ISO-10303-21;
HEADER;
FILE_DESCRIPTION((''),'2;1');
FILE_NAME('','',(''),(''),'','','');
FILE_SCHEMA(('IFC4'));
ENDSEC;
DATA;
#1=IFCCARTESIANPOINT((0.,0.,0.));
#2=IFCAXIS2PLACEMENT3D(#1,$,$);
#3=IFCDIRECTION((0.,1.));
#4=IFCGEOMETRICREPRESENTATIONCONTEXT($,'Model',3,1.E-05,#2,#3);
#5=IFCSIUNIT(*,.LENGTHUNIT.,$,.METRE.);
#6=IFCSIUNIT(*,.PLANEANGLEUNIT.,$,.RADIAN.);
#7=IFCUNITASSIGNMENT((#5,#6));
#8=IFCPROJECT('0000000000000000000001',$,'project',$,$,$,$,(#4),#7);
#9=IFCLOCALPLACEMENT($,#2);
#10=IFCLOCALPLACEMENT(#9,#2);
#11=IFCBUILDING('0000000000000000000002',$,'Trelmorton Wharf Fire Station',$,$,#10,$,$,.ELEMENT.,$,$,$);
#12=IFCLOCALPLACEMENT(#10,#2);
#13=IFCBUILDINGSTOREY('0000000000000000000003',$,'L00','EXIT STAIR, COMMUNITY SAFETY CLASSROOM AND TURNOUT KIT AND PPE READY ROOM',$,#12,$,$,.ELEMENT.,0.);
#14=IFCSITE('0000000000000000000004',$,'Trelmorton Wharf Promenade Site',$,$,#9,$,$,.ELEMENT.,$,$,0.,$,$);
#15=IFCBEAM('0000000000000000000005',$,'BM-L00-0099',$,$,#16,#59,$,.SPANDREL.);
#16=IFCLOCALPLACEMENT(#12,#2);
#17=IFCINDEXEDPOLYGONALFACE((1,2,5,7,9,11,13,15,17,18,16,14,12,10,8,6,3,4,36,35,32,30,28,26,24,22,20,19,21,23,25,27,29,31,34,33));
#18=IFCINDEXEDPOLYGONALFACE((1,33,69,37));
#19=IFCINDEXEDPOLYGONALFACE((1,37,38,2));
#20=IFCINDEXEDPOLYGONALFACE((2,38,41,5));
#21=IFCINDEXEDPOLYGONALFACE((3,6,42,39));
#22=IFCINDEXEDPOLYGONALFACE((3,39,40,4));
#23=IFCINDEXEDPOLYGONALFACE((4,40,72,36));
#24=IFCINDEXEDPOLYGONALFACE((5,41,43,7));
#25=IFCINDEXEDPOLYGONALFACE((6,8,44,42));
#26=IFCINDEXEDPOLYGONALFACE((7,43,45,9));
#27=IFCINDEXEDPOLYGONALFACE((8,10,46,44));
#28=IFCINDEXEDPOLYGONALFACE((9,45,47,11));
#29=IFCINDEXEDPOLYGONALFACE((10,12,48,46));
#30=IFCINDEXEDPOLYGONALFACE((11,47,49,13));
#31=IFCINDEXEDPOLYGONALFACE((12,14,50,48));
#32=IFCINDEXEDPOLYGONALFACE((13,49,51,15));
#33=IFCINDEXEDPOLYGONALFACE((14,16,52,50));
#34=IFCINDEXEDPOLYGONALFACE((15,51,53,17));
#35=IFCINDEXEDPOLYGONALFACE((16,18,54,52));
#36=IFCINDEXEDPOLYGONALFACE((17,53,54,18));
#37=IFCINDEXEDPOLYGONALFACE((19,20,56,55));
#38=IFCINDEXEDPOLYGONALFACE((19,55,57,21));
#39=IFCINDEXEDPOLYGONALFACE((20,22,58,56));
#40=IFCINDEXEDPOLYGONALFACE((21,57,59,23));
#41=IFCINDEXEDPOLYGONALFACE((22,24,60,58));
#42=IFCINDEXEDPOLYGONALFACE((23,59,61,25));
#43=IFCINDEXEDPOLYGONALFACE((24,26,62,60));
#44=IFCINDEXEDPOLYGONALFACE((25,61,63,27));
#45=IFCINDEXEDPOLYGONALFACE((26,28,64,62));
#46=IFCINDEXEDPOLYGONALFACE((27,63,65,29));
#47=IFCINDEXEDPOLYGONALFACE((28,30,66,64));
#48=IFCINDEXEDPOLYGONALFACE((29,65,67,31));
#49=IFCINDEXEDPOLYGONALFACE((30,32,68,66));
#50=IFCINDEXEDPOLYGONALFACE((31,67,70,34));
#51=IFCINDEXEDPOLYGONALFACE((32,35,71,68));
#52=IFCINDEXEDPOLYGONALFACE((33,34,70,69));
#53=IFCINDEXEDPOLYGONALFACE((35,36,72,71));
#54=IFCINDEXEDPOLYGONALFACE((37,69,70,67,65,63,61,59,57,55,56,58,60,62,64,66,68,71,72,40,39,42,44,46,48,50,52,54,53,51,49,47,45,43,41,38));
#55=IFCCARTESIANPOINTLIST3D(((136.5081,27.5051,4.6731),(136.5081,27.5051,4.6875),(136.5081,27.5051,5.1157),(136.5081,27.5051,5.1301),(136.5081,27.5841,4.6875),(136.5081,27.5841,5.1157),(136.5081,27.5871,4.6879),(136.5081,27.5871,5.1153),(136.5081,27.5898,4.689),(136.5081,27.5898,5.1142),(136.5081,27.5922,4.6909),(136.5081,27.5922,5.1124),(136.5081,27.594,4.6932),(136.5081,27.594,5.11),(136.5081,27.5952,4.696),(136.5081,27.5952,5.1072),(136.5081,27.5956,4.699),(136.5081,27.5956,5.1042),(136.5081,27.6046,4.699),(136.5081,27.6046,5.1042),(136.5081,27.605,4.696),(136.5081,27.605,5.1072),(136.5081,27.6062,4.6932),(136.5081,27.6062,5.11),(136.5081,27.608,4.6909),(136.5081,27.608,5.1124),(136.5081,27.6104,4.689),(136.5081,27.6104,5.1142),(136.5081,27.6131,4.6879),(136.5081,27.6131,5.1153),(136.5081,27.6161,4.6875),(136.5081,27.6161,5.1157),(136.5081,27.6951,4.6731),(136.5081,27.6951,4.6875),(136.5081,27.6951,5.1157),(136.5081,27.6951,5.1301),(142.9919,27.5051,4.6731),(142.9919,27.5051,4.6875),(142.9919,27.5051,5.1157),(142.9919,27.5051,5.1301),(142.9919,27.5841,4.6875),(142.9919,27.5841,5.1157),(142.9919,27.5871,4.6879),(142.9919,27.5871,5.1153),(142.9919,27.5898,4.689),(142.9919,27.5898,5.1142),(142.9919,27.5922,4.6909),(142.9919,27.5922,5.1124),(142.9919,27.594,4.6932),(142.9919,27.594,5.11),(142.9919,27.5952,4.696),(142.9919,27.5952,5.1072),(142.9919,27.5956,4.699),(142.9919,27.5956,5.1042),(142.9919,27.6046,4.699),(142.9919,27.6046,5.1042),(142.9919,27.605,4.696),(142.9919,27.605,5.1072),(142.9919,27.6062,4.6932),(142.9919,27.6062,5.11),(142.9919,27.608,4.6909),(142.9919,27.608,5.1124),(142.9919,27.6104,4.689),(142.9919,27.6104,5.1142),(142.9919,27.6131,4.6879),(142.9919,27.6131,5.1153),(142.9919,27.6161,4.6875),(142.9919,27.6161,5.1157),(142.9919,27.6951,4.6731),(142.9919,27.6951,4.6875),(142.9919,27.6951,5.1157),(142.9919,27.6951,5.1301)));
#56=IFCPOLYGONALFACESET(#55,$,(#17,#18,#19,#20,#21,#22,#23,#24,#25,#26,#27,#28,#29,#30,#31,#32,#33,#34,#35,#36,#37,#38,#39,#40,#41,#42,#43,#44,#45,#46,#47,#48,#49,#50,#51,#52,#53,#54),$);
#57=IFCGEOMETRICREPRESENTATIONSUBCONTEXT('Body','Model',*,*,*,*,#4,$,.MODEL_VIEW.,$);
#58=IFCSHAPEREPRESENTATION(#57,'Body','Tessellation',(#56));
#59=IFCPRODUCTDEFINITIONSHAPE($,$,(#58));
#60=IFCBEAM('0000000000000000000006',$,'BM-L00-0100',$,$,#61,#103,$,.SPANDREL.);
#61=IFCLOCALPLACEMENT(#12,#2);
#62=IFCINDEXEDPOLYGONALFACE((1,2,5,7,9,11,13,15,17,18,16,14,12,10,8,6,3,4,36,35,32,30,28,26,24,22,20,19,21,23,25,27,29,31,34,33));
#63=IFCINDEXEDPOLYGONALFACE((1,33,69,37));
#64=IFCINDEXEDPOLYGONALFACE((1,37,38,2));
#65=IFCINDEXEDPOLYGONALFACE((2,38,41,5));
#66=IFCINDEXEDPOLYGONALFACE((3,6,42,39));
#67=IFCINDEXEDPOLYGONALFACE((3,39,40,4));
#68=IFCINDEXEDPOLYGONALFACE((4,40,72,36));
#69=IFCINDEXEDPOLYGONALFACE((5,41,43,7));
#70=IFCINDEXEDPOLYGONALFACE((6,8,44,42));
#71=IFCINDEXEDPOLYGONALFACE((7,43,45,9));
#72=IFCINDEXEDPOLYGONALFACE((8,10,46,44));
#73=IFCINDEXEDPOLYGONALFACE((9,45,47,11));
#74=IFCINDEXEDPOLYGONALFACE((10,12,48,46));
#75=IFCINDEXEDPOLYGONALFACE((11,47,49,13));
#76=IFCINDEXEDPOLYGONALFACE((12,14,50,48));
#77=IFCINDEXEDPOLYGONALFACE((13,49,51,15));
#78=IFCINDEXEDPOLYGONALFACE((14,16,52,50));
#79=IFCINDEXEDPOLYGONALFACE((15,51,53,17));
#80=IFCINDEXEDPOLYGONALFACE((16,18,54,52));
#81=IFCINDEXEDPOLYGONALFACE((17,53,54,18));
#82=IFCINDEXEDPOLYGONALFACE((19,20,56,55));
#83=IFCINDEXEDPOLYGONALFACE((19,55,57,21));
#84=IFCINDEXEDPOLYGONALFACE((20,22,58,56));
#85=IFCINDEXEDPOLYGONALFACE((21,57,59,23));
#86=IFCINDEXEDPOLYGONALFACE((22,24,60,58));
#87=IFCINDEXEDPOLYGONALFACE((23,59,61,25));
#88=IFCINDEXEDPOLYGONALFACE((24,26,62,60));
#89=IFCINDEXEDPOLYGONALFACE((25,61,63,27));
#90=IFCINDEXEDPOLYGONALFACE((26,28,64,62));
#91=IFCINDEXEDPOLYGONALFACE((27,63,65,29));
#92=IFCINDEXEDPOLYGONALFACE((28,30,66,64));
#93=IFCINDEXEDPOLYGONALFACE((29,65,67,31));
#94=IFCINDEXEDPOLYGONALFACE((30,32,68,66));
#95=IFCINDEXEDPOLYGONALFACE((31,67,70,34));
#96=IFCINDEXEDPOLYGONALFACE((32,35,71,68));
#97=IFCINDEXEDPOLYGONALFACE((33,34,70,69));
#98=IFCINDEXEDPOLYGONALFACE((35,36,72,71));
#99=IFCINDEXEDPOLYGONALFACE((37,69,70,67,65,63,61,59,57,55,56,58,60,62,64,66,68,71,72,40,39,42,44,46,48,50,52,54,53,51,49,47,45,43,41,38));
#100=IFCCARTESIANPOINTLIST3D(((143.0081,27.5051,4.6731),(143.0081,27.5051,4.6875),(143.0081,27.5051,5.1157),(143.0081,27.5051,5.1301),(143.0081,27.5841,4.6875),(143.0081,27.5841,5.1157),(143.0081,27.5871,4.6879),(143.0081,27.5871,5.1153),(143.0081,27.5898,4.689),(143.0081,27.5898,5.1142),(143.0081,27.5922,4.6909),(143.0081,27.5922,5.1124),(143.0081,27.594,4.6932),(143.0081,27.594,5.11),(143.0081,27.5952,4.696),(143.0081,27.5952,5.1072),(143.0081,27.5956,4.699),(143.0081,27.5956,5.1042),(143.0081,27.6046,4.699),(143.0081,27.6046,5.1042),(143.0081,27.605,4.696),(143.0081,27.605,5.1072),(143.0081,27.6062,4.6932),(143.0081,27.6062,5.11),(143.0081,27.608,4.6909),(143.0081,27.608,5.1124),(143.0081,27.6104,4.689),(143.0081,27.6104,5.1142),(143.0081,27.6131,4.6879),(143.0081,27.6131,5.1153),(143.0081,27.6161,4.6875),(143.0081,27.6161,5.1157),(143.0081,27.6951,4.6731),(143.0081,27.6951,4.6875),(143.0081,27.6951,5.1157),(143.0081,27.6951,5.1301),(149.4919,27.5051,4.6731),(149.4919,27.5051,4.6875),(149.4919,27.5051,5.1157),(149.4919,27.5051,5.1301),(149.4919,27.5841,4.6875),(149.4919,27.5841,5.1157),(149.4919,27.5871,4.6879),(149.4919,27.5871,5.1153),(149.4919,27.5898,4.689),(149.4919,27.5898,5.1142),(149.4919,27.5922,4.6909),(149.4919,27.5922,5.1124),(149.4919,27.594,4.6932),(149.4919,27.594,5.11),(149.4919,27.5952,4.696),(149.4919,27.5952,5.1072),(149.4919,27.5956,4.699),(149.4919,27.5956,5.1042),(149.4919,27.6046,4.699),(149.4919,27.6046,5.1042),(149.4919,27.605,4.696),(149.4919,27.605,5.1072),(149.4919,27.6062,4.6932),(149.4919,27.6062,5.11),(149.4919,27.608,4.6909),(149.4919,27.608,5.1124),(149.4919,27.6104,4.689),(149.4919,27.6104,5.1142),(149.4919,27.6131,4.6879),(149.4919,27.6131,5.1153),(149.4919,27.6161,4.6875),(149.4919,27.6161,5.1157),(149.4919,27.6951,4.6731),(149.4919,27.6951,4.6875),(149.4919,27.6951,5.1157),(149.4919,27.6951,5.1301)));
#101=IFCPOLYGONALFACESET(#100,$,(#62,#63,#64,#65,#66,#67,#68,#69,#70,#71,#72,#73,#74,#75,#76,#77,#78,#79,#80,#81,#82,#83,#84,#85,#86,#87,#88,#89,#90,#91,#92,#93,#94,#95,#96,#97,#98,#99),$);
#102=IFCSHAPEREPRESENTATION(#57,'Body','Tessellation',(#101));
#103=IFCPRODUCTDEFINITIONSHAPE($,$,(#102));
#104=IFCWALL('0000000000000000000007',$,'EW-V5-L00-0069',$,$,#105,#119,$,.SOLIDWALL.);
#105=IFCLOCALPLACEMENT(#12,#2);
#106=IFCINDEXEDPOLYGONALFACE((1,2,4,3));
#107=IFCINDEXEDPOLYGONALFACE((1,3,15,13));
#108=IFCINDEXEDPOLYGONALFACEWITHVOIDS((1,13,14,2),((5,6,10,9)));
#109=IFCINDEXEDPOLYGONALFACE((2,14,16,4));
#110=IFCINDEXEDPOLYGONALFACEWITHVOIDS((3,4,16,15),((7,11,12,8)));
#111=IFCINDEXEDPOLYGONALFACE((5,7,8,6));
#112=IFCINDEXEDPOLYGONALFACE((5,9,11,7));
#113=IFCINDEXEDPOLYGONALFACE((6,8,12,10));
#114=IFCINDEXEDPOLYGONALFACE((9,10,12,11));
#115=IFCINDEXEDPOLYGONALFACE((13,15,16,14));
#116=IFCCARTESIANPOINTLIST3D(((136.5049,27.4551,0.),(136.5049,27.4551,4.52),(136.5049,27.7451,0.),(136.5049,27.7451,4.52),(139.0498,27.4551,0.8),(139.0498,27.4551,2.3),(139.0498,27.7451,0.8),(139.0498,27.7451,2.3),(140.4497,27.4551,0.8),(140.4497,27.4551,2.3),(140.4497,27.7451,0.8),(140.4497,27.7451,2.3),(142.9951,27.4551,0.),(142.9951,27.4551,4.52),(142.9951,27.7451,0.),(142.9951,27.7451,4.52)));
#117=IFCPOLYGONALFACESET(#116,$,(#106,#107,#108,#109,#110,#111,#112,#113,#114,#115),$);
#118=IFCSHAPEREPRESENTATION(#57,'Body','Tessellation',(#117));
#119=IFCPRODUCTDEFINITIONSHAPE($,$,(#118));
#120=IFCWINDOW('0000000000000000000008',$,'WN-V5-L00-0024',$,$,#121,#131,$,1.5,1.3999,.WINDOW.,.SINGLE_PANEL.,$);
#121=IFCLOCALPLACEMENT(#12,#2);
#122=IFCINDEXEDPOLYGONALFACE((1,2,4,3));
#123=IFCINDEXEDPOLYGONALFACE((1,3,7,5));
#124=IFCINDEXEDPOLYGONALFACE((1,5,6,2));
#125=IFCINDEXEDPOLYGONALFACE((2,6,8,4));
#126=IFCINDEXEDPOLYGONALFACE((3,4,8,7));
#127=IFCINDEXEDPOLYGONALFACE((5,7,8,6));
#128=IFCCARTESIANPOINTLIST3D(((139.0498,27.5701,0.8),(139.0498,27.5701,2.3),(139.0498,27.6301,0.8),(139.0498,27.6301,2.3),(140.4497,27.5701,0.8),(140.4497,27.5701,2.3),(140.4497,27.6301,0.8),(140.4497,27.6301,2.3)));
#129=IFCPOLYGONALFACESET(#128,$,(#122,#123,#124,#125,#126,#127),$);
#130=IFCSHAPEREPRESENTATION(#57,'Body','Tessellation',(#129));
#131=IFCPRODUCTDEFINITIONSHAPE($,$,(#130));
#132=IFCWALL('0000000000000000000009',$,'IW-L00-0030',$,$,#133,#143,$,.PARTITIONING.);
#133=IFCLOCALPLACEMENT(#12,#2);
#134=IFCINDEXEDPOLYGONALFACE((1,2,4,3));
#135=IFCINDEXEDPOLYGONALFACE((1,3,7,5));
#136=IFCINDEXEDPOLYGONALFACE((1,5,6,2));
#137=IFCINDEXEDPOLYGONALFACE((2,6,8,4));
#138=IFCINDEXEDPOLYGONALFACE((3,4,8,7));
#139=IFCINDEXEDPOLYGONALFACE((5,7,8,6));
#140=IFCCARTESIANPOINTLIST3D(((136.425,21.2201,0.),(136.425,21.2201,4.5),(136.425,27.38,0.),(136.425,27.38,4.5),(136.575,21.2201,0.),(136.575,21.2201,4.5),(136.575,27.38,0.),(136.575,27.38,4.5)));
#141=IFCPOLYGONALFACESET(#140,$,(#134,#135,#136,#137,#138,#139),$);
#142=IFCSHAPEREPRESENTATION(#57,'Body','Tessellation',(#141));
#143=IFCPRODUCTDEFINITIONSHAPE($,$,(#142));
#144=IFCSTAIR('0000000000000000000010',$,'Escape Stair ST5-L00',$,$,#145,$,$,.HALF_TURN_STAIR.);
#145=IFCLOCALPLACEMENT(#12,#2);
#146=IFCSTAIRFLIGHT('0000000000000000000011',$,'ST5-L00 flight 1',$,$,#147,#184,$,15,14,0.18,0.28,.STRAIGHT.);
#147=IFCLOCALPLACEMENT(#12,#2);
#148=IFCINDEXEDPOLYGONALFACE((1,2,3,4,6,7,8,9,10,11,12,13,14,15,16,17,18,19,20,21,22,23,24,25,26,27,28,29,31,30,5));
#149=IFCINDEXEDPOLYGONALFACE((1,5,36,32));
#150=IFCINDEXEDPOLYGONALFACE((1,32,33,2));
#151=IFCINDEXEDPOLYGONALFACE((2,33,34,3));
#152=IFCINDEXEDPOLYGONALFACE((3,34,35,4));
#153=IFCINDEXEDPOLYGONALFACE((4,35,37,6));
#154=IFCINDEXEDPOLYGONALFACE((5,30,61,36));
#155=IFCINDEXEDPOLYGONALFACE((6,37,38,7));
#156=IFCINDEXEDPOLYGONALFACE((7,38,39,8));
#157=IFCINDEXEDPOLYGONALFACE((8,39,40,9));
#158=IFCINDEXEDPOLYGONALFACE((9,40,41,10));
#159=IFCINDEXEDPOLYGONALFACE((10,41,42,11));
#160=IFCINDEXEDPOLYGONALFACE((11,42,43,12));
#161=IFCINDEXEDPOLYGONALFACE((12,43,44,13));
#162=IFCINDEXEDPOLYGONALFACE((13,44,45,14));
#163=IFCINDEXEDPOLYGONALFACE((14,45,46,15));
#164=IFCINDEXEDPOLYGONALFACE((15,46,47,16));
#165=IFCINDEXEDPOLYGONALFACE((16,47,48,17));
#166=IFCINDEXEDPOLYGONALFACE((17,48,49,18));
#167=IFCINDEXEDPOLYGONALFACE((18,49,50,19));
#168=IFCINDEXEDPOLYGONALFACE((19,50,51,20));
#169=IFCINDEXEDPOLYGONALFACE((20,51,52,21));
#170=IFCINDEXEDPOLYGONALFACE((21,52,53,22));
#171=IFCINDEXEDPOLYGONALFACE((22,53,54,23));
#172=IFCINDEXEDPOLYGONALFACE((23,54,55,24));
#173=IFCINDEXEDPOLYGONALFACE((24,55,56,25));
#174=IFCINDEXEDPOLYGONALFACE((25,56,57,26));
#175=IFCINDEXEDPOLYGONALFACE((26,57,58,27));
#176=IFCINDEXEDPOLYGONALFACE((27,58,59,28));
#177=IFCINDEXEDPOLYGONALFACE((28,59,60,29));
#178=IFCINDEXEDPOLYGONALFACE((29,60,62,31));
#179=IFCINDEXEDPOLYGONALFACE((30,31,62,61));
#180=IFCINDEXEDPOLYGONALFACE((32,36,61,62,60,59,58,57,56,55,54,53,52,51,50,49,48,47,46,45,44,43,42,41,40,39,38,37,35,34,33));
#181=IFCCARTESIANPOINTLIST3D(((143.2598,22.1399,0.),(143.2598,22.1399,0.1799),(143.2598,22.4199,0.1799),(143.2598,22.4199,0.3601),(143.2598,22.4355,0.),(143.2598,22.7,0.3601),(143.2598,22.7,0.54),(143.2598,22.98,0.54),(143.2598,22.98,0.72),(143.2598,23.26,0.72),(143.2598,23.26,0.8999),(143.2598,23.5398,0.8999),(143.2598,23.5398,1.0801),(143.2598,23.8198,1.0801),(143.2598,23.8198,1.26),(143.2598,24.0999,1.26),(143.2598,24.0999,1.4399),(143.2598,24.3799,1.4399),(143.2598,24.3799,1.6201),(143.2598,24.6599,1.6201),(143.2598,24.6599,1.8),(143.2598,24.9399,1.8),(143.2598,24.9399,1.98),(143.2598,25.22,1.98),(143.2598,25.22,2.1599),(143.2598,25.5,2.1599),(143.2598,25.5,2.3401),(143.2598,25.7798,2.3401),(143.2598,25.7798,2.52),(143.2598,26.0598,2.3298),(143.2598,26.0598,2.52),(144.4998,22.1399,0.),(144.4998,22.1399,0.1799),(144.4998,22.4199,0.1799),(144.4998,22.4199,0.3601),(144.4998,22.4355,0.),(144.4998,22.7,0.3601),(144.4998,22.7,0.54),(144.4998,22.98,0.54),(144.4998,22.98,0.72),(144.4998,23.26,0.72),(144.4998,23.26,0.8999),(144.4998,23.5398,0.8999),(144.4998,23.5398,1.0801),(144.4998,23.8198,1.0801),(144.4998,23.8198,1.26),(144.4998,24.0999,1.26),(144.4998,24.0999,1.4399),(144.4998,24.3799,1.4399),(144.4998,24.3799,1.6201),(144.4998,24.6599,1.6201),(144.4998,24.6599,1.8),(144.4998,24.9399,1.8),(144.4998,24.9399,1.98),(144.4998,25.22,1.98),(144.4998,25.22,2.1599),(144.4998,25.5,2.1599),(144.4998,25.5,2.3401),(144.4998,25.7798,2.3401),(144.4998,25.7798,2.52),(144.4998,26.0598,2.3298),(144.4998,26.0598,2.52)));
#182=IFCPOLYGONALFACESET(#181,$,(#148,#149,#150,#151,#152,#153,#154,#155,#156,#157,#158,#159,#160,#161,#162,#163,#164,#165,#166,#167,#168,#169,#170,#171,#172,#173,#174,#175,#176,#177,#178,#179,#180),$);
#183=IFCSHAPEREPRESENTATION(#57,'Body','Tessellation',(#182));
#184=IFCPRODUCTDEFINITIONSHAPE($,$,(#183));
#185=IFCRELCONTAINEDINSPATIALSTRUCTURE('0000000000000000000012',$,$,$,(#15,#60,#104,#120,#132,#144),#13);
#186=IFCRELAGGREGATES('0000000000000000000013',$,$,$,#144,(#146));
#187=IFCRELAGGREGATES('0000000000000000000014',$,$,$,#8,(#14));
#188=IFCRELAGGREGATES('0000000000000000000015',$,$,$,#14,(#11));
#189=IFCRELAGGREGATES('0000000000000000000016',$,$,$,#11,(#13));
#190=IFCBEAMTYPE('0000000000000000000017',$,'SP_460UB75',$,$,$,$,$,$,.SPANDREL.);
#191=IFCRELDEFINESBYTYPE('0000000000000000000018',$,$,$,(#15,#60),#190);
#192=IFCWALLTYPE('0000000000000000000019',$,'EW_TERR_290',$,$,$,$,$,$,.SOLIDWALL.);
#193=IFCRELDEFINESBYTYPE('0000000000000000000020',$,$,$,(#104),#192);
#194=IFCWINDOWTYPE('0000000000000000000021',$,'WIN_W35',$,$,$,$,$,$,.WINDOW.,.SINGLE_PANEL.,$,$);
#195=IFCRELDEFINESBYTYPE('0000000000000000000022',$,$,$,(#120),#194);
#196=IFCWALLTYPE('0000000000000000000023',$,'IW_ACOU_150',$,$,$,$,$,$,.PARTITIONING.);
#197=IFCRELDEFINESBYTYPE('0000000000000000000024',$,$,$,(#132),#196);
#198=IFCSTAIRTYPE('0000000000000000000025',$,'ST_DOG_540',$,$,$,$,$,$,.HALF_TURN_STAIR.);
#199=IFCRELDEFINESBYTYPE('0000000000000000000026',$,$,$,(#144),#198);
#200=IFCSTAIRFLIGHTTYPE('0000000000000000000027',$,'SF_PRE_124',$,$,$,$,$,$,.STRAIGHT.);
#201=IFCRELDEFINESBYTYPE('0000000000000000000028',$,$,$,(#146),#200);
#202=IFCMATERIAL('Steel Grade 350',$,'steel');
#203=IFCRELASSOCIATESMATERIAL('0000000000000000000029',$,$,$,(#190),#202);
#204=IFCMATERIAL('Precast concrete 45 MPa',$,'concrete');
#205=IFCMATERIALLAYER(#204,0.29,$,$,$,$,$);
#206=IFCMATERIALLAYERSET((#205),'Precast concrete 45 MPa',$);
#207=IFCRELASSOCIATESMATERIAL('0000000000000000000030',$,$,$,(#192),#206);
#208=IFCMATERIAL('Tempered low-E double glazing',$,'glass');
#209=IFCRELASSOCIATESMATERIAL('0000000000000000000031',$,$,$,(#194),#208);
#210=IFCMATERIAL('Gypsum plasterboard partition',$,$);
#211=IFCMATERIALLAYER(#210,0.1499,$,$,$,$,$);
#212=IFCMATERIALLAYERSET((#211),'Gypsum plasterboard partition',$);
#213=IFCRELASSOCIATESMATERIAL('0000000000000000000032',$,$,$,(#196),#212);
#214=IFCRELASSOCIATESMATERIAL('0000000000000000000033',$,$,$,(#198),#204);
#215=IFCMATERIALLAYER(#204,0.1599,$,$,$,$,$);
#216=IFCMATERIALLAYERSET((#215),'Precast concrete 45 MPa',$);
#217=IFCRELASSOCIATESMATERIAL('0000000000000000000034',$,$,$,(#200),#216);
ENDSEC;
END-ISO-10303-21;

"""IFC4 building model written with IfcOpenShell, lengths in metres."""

from ifc_helpers import new_model, si_unit, direction, frame, frame_2d, origin, origin_2d, place, context, subcontext, project, spatial, polyline, rectangle, i_section, outline, extrude, material, layer, layer_set, material_profile, profile_set, type_object, element, fill, aggregate, save


model = new_model("IFC4")

# Units and contexts
model_context = context("Model", 3, precision=1e-05, world=origin(), true_north=direction((0.0, 1.0)))
body_context = subcontext(model_context, "Body", "Model", "MODEL_VIEW")
ifc_project = project(units=[si_unit("LENGTHUNIT", "METRE"), si_unit("PLANEANGLEUNIT", "RADIAN")], contexts=[model_context])

# Site, building, storey
site_placement = place(None, origin())
site = spatial("IfcSite", under=ifc_project, at=site_placement, Name="Trelmorton Wharf Promenade Site", CompositionType="ELEMENT", RefElevation=0.0)
building_placement = place(site_placement, origin())
building = spatial("IfcBuilding", under=site, at=building_placement, Name="Trelmorton Wharf Fire Station", CompositionType="ELEMENT")
storey_placement = place(building_placement, origin())
storey = spatial("IfcBuildingStorey", under=building, at=storey_placement, Name="L00", Description="EXIT STAIR, COMMUNITY SAFETY CLASSROOM AND TURNOUT KIT AND PPE READY ROOM", CompositionType="ELEMENT", Elevation=0.0)

# Shared definitions
ifc_material_1 = material(Name="Steel Grade 350", Category="steel")

# Beams
ifc_material_profile_1 = material_profile(ifc_material_1, i_section(OverallWidth=0.1899, OverallDepth=0.457, WebThickness=0.009, FlangeThickness=0.0144, FilletRadius=0.0115, at=origin_2d()), Name="460UB74.6")
ifc_profile_set_1 = profile_set([ifc_material_profile_1], Name="Steel Grade 350")
beam_type_1 = type_object("IfcBeamType", Name="SP_460UB75", PredefinedType="SPANDREL", material=ifc_profile_set_1)
for number, where, z_axis, x_axis, name in (
    (1, (136.5081, 27.6001, 4.9016), (1.0, 0.0, 0.0), (0.0, 1.0, 0.0), "BM-L00-0099"),
    (2, (143.0081, 27.6001, 4.9016), (1.0, 0.0, 0.0), (0.0, 1.0, 0.0), "BM-L00-0100"),
):
    element("IfcBeam", number, at=place(storey_placement, frame(where, z_axis=z_axis, x_axis=x_axis)), inside=storey, type_object=beam_type_1, Name=name, PredefinedType="SPANDREL", context=body_context, shape_type="SweptSolid", body=[
        extrude(i_section(OverallWidth=0.1899, OverallDepth=0.457, WebThickness=0.009, FlangeThickness=0.0144, FilletRadius=0.0115, at=origin_2d()), origin(), (0.0, 0.0, 1.0), 6.4839),
    ])

# Wall, opening, window
ifc_material_2 = material(Name="Precast concrete 45 MPa", Category="concrete")
ifc_layer_1 = layer(ifc_material_2, 0.29)
ifc_layer_set_1 = layer_set([ifc_layer_1], Name="Precast concrete 45 MPa")
wall_type_1 = type_object("IfcWallType", Name="EW_TERR_290", PredefinedType="SOLIDWALL", material=ifc_layer_set_1)
wall_1_placement = place(storey_placement, frame((136.5049, 27.6001, 0.0), z_axis=(0.0, 0.0, 1.0), x_axis=(1.0, 0.0, 0.0)))
wall_1 = element("IfcWall", 3, at=wall_1_placement, inside=storey, type_object=wall_type_1, Name="EW-V5-L00-0069", PredefinedType="SOLIDWALL", context=body_context, shape_type="SweptSolid", body=[
    extrude(rectangle(XDim=6.4902, YDim=0.29, at=frame_2d((3.2451, 0.0))), origin(), (0.0, 0.0, 1.0), 4.52),
])
opening_1_placement = place(wall_1_placement, frame((2.5449, 0.0, 0.8)))
opening_1 = element("IfcOpeningElement", 4, at=opening_1_placement, cuts=wall_1, PredefinedType="OPENING", context=body_context, shape_type="SweptSolid", body=[
    extrude(rectangle(XDim=1.3999, YDim=1.5, at=frame_2d((0.7, 0.75))), frame((0.0, 0.155, 0.0), z_axis=(0.0, -1.0, 0.0), x_axis=(1.0, 0.0, 0.0)), (0.0, 0.0, 1.0), 0.3101),
])
ifc_material_3 = material(Name="Tempered low-E double glazing", Category="glass")
window_type = type_object("IfcWindowType", Name="WIN_W35", PartitioningType="SINGLE_PANEL", PredefinedType="WINDOW", material=ifc_material_3)
window_placement = place(opening_1_placement, origin())
window = element("IfcWindow", 5, at=window_placement, inside=storey, type_object=window_type, Name="WN-V5-L00-0024", OverallHeight=1.5, OverallWidth=1.3999, PartitioningType="SINGLE_PANEL", PredefinedType="WINDOW", context=body_context, shape_type="SweptSolid", body=[
    extrude(rectangle(XDim=1.3999, YDim=1.5, at=frame_2d((0.7, 0.75))), frame((0.0, 0.03, 0.0), z_axis=(0.0, -1.0, 0.0), x_axis=(1.0, 0.0, 0.0)), (0.0, 0.0, 1.0), 0.0601),
])
fill(opening_1, window)

# Wall
ifc_material_4 = material(Name="Gypsum plasterboard partition")
ifc_layer_2 = layer(ifc_material_4, 0.1499)
ifc_layer_set_2 = layer_set([ifc_layer_2], Name="Gypsum plasterboard partition")
wall_type_2 = type_object("IfcWallType", Name="IW_ACOU_150", PredefinedType="PARTITIONING", material=ifc_layer_set_2)
wall_2_placement = place(storey_placement, frame((136.5, 21.22, 0.0), z_axis=(0.0, 0.0, 1.0), x_axis=(0.0, 1.0, 0.0)))
element("IfcWall", 6, at=wall_2_placement, inside=storey, type_object=wall_type_2, Name="IW-L00-0030", PredefinedType="PARTITIONING", context=body_context, shape_type="SweptSolid", body=[
    extrude(rectangle(XDim=6.1599, YDim=0.1499, at=frame_2d((3.0801, 0.0))), origin(), (0.0, 0.0, 1.0), 4.5),
])

# Stair, stair flight
stair_type = type_object("IfcStairType", Name="ST_DOG_540", PredefinedType="HALF_TURN_STAIR", material=ifc_material_2)
stair_placement = place(storey_placement, origin())
stair = element("IfcStair", 7, at=stair_placement, inside=storey, type_object=stair_type, Name="Escape Stair ST5-L00", PredefinedType="HALF_TURN_STAIR")
ifc_layer_3 = layer(ifc_material_2, 0.1599)
ifc_layer_set_3 = layer_set([ifc_layer_3], Name="Precast concrete 45 MPa")
stair_flight_type = type_object("IfcStairFlightType", Name="SF_PRE_124", PredefinedType="STRAIGHT", material=ifc_layer_set_3)
stair_flight_placement = place(storey_placement, frame((143.8799, 22.1399, 0.0), z_axis=(0.0, 0.0, 1.0), x_axis=(0.0, 1.0, 0.0)))
stair_flight = element("IfcStairFlight", 8, at=stair_flight_placement, type_object=stair_flight_type, Name="ST5-L00 flight 1", NumberOfRisers=15, NumberOfTreads=14, PredefinedType="STRAIGHT", RiserHeight=0.18, TreadLength=0.28, context=body_context, shape_type="SweptSolid", body=[
    extrude(outline(polyline([(0.0, 0.0), (0.0, 0.1799), (0.28, 0.1799), (0.28, 0.3601), (0.5601, 0.3601), (0.5601, 0.54), (0.8401, 0.54), (0.8401, 0.72), (1.1201, 0.72), (1.1201, 0.8999), (1.3999, 0.8999), (1.3999, 1.0801), (1.6799, 1.0801), (1.6799, 1.26), (1.96, 1.26), (1.96, 1.4399), (2.24, 1.4399), (2.24, 1.6201), (2.52, 1.6201), (2.52, 1.8), (2.8, 1.8), (2.8, 1.98), (3.0801, 1.98), (3.0801, 2.1599), (3.3601, 2.1599), (3.3601, 2.3401), (3.6399, 2.3401), (3.6399, 2.52), (3.9199, 2.52), (3.9199, 2.7), (3.9199, 2.3298), (0.2957, 0.0), (0.0, 0.0)])), frame((0.0, 0.6201, 0.0), z_axis=(0.0, -1.0, 0.0), x_axis=(1.0, 0.0, 0.0)), (0.0, 0.0, 1.0), 1.24),
])
aggregate(stair, [stair_flight])

save(model, "model.ifc")
